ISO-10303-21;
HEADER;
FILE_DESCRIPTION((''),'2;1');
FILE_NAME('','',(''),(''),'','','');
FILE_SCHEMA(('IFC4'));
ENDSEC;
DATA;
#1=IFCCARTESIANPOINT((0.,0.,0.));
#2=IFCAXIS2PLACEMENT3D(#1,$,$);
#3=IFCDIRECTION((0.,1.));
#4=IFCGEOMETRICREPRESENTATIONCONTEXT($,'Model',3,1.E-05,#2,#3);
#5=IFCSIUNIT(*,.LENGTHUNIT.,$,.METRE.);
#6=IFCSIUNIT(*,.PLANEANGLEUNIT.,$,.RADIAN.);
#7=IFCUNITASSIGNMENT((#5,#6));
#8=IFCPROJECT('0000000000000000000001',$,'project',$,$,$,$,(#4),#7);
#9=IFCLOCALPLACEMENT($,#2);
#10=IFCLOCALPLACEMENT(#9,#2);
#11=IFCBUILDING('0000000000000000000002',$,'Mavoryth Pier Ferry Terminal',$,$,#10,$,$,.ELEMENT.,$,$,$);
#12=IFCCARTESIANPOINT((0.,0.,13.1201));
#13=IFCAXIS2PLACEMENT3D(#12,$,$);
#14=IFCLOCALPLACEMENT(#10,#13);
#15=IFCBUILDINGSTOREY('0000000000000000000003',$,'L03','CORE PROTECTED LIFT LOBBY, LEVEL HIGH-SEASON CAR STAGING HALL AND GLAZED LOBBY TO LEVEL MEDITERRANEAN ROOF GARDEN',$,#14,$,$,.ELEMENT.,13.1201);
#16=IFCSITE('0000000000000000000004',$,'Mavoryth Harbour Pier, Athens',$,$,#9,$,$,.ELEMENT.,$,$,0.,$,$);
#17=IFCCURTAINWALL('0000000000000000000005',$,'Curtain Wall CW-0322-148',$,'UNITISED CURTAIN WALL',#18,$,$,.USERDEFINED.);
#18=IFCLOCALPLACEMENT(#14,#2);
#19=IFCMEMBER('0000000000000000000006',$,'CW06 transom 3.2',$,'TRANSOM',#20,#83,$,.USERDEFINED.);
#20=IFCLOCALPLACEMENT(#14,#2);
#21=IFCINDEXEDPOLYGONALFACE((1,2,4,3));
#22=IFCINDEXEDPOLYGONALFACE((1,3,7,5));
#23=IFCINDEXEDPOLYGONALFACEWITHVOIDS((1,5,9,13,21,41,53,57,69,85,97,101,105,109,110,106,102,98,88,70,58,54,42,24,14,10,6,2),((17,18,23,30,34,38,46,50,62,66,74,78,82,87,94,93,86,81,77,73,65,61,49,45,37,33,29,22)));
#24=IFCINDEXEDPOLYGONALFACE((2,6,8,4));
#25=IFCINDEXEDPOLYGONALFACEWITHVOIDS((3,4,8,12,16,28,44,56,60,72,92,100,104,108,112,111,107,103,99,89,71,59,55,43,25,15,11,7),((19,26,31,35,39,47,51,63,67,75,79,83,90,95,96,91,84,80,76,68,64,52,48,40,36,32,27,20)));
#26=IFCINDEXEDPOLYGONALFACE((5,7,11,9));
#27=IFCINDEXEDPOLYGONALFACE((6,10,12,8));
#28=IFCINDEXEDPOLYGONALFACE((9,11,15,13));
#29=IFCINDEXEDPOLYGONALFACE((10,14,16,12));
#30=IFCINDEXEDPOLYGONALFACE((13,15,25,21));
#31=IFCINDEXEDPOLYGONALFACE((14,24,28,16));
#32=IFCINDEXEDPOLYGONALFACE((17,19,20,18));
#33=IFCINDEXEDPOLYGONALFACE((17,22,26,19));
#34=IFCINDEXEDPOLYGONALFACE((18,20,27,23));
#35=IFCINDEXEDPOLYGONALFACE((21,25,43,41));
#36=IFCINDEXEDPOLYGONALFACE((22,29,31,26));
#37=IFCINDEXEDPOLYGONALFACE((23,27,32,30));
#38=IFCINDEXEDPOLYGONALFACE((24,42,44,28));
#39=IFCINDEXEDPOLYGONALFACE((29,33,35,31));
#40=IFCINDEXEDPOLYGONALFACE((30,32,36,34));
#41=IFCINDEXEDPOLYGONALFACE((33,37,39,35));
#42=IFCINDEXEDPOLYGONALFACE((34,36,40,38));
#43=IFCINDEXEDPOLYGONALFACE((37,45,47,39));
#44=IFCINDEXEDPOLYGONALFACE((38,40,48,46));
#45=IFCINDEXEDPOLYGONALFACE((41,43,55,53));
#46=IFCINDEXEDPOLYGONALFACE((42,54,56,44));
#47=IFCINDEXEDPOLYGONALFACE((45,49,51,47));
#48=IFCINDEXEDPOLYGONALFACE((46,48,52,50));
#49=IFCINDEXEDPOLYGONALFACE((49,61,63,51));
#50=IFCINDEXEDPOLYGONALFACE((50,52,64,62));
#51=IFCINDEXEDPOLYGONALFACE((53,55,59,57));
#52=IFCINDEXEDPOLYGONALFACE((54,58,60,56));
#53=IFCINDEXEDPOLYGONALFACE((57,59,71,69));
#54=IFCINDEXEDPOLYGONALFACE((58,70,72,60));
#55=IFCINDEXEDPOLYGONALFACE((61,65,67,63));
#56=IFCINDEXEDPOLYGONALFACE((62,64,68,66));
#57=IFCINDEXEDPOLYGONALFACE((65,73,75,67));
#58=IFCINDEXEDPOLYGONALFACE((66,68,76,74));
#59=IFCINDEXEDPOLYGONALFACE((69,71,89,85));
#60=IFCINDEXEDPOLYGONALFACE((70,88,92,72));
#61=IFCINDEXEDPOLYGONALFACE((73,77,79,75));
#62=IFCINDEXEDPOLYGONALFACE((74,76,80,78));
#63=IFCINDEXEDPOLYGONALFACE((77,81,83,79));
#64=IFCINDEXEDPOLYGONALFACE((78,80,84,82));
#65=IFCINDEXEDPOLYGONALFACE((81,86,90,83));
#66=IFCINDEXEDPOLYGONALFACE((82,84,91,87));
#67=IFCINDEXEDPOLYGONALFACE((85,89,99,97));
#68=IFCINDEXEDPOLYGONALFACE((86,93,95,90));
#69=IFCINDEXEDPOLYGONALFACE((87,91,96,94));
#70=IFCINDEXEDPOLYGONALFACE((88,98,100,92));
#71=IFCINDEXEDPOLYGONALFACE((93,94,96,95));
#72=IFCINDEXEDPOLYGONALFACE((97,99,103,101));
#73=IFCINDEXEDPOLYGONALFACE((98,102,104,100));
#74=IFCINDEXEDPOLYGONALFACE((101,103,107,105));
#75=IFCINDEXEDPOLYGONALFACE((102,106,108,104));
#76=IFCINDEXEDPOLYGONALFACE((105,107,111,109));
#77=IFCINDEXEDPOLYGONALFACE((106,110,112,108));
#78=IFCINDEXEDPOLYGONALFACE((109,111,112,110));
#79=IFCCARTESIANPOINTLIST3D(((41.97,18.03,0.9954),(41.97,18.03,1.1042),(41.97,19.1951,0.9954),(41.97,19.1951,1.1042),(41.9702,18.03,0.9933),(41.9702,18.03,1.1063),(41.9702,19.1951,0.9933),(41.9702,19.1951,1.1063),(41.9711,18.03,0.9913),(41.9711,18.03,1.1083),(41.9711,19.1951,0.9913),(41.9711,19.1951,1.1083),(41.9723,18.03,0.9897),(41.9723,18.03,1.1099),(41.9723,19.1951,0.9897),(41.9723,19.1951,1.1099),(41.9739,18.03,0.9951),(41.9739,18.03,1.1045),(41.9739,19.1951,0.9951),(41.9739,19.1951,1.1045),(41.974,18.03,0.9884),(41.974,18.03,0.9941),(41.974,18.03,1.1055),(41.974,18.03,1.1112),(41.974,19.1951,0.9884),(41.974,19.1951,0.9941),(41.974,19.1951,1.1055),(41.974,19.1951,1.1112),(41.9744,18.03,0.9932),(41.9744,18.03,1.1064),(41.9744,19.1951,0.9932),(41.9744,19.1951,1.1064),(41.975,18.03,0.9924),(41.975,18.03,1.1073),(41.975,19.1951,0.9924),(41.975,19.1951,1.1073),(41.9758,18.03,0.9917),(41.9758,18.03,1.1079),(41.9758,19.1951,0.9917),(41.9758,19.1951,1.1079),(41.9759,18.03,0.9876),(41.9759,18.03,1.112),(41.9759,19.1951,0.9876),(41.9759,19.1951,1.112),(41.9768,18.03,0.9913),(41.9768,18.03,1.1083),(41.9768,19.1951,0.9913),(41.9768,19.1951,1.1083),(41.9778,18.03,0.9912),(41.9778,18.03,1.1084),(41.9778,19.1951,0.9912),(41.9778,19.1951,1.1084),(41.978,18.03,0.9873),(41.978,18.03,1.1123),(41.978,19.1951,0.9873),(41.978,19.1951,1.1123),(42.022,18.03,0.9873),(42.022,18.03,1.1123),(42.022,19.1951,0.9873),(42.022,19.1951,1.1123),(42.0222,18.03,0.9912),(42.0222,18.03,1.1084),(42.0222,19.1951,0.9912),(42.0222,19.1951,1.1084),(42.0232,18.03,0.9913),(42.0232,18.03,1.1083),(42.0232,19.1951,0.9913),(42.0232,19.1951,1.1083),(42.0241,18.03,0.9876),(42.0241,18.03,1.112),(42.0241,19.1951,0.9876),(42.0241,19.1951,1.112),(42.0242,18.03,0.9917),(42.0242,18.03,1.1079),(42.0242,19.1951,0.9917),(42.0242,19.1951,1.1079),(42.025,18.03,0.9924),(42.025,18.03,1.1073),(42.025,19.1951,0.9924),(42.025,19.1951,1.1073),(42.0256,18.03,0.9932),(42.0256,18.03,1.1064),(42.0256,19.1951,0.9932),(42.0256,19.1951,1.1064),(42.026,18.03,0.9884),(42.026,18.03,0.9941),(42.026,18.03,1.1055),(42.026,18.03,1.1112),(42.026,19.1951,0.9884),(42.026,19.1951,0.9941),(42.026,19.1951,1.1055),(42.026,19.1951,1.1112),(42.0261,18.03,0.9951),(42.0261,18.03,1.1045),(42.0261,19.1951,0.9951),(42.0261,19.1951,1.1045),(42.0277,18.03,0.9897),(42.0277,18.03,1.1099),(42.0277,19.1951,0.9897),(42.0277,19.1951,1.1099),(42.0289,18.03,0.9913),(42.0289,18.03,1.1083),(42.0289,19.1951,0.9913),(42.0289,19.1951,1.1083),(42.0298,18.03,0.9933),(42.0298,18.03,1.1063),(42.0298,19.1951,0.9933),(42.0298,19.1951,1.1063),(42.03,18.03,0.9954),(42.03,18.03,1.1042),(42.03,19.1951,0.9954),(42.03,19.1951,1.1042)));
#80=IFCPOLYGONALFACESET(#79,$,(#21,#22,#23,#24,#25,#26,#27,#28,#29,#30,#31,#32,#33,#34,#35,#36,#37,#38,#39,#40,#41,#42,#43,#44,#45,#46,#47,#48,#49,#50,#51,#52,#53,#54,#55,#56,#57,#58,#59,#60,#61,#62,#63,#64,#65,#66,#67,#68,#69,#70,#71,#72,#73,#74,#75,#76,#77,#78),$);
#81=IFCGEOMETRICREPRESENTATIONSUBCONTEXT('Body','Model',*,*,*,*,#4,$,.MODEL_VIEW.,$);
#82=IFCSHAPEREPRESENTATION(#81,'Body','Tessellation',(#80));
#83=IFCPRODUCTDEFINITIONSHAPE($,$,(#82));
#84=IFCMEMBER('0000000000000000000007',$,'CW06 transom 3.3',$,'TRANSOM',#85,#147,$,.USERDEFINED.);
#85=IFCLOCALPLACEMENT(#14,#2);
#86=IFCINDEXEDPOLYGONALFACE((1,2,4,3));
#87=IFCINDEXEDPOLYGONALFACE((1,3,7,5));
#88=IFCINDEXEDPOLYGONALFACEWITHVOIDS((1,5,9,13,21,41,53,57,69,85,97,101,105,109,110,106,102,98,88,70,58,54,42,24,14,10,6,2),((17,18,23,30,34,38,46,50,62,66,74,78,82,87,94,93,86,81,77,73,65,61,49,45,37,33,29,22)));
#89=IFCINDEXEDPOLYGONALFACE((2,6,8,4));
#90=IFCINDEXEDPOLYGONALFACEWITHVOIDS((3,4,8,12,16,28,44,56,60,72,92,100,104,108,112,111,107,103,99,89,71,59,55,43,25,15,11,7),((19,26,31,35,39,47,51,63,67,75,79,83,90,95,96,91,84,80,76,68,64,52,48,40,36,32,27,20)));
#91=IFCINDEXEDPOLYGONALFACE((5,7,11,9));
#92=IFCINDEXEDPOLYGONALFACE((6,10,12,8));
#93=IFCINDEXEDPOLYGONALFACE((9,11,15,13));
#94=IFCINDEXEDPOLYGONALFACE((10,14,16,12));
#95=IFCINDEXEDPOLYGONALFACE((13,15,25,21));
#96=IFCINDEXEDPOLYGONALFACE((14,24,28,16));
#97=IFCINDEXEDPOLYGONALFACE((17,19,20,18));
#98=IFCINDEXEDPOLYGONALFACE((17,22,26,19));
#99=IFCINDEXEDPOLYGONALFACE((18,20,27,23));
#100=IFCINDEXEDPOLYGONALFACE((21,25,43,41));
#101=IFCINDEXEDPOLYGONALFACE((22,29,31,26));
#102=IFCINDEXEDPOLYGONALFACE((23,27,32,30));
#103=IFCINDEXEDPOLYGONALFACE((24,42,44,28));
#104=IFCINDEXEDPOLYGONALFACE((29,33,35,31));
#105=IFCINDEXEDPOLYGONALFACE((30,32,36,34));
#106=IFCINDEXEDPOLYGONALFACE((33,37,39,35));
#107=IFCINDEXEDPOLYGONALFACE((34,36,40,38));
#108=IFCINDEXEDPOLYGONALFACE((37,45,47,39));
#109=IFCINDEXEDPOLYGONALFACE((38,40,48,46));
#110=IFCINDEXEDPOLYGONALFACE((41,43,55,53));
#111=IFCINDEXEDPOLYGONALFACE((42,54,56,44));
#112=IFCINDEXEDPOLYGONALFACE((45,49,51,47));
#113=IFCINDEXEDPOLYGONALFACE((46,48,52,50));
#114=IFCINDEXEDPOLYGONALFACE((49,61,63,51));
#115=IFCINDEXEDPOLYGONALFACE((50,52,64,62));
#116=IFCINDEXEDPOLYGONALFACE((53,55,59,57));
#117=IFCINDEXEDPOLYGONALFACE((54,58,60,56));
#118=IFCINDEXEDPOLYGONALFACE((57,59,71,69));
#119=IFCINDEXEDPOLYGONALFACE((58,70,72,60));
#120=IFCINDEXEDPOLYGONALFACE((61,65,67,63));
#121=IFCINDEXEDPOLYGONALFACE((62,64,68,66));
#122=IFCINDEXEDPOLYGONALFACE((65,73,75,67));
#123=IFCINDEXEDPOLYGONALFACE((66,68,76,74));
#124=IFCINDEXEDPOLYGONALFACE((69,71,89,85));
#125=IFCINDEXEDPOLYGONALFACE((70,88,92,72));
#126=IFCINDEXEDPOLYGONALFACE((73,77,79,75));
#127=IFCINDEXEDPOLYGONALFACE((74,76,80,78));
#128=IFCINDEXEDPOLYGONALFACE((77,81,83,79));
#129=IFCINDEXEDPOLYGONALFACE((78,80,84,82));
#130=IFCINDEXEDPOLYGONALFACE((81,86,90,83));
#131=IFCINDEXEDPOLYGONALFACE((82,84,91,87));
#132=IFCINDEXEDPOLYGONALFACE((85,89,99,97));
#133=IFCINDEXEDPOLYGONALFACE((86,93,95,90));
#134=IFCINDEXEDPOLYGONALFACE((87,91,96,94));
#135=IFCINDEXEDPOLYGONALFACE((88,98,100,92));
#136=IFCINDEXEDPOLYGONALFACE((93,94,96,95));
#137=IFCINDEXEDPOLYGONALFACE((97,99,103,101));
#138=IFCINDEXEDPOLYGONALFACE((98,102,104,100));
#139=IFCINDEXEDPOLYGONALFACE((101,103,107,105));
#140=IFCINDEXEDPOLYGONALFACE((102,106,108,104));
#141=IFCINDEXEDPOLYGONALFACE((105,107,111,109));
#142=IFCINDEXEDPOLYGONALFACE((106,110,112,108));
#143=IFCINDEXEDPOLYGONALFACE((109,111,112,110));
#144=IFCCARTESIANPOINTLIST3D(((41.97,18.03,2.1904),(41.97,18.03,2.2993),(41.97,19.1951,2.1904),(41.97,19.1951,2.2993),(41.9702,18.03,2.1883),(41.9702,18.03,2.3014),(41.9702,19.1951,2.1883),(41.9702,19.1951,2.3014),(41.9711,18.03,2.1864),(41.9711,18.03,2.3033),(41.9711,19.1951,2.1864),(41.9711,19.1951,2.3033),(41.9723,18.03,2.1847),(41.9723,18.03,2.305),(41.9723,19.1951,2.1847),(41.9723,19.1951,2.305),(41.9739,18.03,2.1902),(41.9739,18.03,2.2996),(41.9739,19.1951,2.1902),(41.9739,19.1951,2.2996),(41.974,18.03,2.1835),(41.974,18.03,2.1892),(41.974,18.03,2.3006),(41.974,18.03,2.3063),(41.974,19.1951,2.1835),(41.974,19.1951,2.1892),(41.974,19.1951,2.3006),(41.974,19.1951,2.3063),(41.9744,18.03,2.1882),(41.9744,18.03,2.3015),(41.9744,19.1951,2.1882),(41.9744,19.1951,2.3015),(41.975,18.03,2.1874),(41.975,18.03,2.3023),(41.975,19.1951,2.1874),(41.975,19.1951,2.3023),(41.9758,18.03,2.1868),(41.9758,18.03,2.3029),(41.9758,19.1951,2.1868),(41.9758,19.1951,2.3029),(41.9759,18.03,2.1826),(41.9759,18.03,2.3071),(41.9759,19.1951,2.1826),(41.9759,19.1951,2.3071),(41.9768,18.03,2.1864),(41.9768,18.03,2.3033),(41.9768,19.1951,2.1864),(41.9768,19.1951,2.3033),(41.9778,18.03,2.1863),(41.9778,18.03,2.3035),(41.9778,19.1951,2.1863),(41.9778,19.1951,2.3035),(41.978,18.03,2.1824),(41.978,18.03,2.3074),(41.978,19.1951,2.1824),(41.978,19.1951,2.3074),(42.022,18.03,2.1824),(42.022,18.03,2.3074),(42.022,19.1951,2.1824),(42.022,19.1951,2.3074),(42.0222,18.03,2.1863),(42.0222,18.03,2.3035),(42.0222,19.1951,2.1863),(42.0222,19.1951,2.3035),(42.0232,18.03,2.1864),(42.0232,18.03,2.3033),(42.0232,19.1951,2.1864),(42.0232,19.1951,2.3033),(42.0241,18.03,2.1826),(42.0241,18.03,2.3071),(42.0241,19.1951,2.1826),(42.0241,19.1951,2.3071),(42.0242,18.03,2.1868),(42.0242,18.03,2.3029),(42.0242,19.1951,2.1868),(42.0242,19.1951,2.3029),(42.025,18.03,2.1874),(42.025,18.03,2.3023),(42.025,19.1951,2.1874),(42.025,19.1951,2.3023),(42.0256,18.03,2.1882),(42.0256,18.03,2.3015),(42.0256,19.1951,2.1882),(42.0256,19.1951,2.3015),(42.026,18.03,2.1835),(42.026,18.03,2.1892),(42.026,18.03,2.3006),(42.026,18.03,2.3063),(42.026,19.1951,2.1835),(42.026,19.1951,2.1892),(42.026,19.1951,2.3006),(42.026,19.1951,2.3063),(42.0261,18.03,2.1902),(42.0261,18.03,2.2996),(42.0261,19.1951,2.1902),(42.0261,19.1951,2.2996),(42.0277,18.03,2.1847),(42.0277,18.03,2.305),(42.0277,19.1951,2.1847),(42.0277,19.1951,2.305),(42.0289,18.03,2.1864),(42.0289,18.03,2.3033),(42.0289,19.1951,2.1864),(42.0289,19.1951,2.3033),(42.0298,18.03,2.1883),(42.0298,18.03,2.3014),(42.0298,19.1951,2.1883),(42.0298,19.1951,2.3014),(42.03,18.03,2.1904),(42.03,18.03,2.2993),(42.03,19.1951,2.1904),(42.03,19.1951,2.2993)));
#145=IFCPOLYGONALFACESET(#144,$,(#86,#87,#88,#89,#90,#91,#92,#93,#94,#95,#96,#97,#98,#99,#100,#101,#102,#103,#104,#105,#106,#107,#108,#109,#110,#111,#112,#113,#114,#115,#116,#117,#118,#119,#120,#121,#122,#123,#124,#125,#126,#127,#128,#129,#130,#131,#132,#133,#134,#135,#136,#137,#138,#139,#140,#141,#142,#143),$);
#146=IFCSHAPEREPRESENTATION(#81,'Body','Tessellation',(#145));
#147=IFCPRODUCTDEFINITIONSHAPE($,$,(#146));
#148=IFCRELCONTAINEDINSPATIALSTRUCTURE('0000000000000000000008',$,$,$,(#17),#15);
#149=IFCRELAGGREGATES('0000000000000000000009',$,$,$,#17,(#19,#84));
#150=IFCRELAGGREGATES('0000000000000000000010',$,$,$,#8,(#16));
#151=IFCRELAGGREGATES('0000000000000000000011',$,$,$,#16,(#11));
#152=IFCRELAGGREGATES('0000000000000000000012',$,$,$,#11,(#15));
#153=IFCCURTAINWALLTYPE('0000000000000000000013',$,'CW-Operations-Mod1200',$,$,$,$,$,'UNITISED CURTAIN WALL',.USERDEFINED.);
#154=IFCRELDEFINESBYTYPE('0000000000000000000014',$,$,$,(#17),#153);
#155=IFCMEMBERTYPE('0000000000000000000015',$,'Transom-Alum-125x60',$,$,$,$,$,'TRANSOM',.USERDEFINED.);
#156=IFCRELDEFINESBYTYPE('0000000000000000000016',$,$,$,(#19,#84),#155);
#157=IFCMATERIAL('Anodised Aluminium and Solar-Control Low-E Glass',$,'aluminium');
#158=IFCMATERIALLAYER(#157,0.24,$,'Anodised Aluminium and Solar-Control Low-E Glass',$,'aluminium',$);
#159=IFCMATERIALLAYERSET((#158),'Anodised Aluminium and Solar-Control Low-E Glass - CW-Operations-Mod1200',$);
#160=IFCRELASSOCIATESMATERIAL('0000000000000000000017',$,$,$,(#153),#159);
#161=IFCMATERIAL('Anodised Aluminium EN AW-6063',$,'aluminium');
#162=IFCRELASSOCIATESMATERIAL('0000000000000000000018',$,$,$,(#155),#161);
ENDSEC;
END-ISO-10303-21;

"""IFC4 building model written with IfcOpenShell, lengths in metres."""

from ifc_helpers import new_model, si_unit, direction, frame, origin, origin_2d, place, context, subcontext, project, spatial, hollow_rectangle, extrude, material, layer, layer_set, material_profile, profile_set, type_object, element, aggregate, save


model = new_model("IFC4")

# Units and contexts
model_context = context("Model", 3, precision=1e-05, world=origin(), true_north=direction((0.0, 1.0)))
body_context = subcontext(model_context, "Body", "Model", "MODEL_VIEW")
ifc_project = project(units=[si_unit("LENGTHUNIT", "METRE"), si_unit("PLANEANGLEUNIT", "RADIAN")], contexts=[model_context])

# Site, building, storey
site_placement = place(None, origin())
site = spatial("IfcSite", under=ifc_project, at=site_placement, Name="Mavoryth Harbour Pier, Athens", CompositionType="ELEMENT", RefElevation=0.0)
building_placement = place(site_placement, origin())
building = spatial("IfcBuilding", under=site, at=building_placement, Name="Mavoryth Pier Ferry Terminal", CompositionType="ELEMENT")
storey_placement = place(building_placement, frame((0.0, 0.0, 13.1201)))
storey = spatial("IfcBuildingStorey", under=building, at=storey_placement, Name="L03", Description="CORE PROTECTED LIFT LOBBY, LEVEL HIGH-SEASON CAR STAGING HALL AND GLAZED LOBBY TO LEVEL MEDITERRANEAN ROOF GARDEN", CompositionType="ELEMENT", Elevation=13.1201)

# Curtain wall, members
ifc_material_1 = material(Name="Anodised Aluminium and Solar-Control Low-E Glass", Category="aluminium")
ifc_layer_1 = layer(ifc_material_1, 0.24, Name="Anodised Aluminium and Solar-Control Low-E Glass", Category="aluminium")
ifc_layer_set_1 = layer_set([ifc_layer_1], Name="Anodised Aluminium and Solar-Control Low-E Glass - CW-Operations-Mod1200")
curtain_wall_type = type_object("IfcCurtainWallType", Name="CW-Operations-Mod1200", ElementType="UNITISED CURTAIN WALL", PredefinedType="USERDEFINED", material=ifc_layer_set_1)
curtain_wall_placement = place(storey_placement, origin())
curtain_wall = element("IfcCurtainWall", 1, at=curtain_wall_placement, inside=storey, type_object=curtain_wall_type, Name="Curtain Wall CW-0322-148", ObjectType="UNITISED CURTAIN WALL", PredefinedType="USERDEFINED")
ifc_material_2 = material(Name="Anodised Aluminium EN AW-6063", Category="aluminium")
ifc_material_profile_1 = material_profile(ifc_material_2, hollow_rectangle(XDim=0.0601, YDim=0.125, WallThickness=0.0039, InnerFilletRadius=0.0039, OuterFilletRadius=0.0081, at=origin_2d()), Name="AL-TRAN 125x60x4", Category="aluminium")
ifc_profile_set_1 = profile_set([ifc_material_profile_1], Name="Anodised Aluminium EN AW-6063 - AL-TRAN 125x60x4")
member_type_1 = type_object("IfcMemberType", Name="Transom-Alum-125x60", ElementType="TRANSOM", PredefinedType="USERDEFINED", material=ifc_profile_set_1)
member_1_placement = place(storey_placement, frame((42.0, 19.1951, 1.0498), z_axis=(0.0, -1.0, 0.0), x_axis=(1.0, 0.0, 0.0)))
member_1 = element("IfcMember", 2, at=member_1_placement, type_object=member_type_1, Name="CW06 transom 3.2", ObjectType="TRANSOM", PredefinedType="USERDEFINED", context=body_context, shape_type="SweptSolid", body=[
    extrude(hollow_rectangle(XDim=0.0601, YDim=0.125, WallThickness=0.0039, InnerFilletRadius=0.0039, OuterFilletRadius=0.0081, at=origin_2d()), origin(), (0.0, 0.0, 1.0), 1.165),
])
member_2_placement = place(storey_placement, frame((42.0, 19.1951, 2.2449), z_axis=(0.0, -1.0, 0.0), x_axis=(1.0, 0.0, 0.0)))
member_2 = element("IfcMember", 3, at=member_2_placement, type_object=member_type_1, Name="CW06 transom 3.3", ObjectType="TRANSOM", PredefinedType="USERDEFINED", context=body_context, shape_type="SweptSolid", body=[
    extrude(hollow_rectangle(XDim=0.0601, YDim=0.125, WallThickness=0.0039, InnerFilletRadius=0.0039, OuterFilletRadius=0.0081, at=origin_2d()), origin(), (0.0, 0.0, 1.0), 1.165),
])
aggregate(curtain_wall, [member_1, member_2])

save(model, "model.ifc")
